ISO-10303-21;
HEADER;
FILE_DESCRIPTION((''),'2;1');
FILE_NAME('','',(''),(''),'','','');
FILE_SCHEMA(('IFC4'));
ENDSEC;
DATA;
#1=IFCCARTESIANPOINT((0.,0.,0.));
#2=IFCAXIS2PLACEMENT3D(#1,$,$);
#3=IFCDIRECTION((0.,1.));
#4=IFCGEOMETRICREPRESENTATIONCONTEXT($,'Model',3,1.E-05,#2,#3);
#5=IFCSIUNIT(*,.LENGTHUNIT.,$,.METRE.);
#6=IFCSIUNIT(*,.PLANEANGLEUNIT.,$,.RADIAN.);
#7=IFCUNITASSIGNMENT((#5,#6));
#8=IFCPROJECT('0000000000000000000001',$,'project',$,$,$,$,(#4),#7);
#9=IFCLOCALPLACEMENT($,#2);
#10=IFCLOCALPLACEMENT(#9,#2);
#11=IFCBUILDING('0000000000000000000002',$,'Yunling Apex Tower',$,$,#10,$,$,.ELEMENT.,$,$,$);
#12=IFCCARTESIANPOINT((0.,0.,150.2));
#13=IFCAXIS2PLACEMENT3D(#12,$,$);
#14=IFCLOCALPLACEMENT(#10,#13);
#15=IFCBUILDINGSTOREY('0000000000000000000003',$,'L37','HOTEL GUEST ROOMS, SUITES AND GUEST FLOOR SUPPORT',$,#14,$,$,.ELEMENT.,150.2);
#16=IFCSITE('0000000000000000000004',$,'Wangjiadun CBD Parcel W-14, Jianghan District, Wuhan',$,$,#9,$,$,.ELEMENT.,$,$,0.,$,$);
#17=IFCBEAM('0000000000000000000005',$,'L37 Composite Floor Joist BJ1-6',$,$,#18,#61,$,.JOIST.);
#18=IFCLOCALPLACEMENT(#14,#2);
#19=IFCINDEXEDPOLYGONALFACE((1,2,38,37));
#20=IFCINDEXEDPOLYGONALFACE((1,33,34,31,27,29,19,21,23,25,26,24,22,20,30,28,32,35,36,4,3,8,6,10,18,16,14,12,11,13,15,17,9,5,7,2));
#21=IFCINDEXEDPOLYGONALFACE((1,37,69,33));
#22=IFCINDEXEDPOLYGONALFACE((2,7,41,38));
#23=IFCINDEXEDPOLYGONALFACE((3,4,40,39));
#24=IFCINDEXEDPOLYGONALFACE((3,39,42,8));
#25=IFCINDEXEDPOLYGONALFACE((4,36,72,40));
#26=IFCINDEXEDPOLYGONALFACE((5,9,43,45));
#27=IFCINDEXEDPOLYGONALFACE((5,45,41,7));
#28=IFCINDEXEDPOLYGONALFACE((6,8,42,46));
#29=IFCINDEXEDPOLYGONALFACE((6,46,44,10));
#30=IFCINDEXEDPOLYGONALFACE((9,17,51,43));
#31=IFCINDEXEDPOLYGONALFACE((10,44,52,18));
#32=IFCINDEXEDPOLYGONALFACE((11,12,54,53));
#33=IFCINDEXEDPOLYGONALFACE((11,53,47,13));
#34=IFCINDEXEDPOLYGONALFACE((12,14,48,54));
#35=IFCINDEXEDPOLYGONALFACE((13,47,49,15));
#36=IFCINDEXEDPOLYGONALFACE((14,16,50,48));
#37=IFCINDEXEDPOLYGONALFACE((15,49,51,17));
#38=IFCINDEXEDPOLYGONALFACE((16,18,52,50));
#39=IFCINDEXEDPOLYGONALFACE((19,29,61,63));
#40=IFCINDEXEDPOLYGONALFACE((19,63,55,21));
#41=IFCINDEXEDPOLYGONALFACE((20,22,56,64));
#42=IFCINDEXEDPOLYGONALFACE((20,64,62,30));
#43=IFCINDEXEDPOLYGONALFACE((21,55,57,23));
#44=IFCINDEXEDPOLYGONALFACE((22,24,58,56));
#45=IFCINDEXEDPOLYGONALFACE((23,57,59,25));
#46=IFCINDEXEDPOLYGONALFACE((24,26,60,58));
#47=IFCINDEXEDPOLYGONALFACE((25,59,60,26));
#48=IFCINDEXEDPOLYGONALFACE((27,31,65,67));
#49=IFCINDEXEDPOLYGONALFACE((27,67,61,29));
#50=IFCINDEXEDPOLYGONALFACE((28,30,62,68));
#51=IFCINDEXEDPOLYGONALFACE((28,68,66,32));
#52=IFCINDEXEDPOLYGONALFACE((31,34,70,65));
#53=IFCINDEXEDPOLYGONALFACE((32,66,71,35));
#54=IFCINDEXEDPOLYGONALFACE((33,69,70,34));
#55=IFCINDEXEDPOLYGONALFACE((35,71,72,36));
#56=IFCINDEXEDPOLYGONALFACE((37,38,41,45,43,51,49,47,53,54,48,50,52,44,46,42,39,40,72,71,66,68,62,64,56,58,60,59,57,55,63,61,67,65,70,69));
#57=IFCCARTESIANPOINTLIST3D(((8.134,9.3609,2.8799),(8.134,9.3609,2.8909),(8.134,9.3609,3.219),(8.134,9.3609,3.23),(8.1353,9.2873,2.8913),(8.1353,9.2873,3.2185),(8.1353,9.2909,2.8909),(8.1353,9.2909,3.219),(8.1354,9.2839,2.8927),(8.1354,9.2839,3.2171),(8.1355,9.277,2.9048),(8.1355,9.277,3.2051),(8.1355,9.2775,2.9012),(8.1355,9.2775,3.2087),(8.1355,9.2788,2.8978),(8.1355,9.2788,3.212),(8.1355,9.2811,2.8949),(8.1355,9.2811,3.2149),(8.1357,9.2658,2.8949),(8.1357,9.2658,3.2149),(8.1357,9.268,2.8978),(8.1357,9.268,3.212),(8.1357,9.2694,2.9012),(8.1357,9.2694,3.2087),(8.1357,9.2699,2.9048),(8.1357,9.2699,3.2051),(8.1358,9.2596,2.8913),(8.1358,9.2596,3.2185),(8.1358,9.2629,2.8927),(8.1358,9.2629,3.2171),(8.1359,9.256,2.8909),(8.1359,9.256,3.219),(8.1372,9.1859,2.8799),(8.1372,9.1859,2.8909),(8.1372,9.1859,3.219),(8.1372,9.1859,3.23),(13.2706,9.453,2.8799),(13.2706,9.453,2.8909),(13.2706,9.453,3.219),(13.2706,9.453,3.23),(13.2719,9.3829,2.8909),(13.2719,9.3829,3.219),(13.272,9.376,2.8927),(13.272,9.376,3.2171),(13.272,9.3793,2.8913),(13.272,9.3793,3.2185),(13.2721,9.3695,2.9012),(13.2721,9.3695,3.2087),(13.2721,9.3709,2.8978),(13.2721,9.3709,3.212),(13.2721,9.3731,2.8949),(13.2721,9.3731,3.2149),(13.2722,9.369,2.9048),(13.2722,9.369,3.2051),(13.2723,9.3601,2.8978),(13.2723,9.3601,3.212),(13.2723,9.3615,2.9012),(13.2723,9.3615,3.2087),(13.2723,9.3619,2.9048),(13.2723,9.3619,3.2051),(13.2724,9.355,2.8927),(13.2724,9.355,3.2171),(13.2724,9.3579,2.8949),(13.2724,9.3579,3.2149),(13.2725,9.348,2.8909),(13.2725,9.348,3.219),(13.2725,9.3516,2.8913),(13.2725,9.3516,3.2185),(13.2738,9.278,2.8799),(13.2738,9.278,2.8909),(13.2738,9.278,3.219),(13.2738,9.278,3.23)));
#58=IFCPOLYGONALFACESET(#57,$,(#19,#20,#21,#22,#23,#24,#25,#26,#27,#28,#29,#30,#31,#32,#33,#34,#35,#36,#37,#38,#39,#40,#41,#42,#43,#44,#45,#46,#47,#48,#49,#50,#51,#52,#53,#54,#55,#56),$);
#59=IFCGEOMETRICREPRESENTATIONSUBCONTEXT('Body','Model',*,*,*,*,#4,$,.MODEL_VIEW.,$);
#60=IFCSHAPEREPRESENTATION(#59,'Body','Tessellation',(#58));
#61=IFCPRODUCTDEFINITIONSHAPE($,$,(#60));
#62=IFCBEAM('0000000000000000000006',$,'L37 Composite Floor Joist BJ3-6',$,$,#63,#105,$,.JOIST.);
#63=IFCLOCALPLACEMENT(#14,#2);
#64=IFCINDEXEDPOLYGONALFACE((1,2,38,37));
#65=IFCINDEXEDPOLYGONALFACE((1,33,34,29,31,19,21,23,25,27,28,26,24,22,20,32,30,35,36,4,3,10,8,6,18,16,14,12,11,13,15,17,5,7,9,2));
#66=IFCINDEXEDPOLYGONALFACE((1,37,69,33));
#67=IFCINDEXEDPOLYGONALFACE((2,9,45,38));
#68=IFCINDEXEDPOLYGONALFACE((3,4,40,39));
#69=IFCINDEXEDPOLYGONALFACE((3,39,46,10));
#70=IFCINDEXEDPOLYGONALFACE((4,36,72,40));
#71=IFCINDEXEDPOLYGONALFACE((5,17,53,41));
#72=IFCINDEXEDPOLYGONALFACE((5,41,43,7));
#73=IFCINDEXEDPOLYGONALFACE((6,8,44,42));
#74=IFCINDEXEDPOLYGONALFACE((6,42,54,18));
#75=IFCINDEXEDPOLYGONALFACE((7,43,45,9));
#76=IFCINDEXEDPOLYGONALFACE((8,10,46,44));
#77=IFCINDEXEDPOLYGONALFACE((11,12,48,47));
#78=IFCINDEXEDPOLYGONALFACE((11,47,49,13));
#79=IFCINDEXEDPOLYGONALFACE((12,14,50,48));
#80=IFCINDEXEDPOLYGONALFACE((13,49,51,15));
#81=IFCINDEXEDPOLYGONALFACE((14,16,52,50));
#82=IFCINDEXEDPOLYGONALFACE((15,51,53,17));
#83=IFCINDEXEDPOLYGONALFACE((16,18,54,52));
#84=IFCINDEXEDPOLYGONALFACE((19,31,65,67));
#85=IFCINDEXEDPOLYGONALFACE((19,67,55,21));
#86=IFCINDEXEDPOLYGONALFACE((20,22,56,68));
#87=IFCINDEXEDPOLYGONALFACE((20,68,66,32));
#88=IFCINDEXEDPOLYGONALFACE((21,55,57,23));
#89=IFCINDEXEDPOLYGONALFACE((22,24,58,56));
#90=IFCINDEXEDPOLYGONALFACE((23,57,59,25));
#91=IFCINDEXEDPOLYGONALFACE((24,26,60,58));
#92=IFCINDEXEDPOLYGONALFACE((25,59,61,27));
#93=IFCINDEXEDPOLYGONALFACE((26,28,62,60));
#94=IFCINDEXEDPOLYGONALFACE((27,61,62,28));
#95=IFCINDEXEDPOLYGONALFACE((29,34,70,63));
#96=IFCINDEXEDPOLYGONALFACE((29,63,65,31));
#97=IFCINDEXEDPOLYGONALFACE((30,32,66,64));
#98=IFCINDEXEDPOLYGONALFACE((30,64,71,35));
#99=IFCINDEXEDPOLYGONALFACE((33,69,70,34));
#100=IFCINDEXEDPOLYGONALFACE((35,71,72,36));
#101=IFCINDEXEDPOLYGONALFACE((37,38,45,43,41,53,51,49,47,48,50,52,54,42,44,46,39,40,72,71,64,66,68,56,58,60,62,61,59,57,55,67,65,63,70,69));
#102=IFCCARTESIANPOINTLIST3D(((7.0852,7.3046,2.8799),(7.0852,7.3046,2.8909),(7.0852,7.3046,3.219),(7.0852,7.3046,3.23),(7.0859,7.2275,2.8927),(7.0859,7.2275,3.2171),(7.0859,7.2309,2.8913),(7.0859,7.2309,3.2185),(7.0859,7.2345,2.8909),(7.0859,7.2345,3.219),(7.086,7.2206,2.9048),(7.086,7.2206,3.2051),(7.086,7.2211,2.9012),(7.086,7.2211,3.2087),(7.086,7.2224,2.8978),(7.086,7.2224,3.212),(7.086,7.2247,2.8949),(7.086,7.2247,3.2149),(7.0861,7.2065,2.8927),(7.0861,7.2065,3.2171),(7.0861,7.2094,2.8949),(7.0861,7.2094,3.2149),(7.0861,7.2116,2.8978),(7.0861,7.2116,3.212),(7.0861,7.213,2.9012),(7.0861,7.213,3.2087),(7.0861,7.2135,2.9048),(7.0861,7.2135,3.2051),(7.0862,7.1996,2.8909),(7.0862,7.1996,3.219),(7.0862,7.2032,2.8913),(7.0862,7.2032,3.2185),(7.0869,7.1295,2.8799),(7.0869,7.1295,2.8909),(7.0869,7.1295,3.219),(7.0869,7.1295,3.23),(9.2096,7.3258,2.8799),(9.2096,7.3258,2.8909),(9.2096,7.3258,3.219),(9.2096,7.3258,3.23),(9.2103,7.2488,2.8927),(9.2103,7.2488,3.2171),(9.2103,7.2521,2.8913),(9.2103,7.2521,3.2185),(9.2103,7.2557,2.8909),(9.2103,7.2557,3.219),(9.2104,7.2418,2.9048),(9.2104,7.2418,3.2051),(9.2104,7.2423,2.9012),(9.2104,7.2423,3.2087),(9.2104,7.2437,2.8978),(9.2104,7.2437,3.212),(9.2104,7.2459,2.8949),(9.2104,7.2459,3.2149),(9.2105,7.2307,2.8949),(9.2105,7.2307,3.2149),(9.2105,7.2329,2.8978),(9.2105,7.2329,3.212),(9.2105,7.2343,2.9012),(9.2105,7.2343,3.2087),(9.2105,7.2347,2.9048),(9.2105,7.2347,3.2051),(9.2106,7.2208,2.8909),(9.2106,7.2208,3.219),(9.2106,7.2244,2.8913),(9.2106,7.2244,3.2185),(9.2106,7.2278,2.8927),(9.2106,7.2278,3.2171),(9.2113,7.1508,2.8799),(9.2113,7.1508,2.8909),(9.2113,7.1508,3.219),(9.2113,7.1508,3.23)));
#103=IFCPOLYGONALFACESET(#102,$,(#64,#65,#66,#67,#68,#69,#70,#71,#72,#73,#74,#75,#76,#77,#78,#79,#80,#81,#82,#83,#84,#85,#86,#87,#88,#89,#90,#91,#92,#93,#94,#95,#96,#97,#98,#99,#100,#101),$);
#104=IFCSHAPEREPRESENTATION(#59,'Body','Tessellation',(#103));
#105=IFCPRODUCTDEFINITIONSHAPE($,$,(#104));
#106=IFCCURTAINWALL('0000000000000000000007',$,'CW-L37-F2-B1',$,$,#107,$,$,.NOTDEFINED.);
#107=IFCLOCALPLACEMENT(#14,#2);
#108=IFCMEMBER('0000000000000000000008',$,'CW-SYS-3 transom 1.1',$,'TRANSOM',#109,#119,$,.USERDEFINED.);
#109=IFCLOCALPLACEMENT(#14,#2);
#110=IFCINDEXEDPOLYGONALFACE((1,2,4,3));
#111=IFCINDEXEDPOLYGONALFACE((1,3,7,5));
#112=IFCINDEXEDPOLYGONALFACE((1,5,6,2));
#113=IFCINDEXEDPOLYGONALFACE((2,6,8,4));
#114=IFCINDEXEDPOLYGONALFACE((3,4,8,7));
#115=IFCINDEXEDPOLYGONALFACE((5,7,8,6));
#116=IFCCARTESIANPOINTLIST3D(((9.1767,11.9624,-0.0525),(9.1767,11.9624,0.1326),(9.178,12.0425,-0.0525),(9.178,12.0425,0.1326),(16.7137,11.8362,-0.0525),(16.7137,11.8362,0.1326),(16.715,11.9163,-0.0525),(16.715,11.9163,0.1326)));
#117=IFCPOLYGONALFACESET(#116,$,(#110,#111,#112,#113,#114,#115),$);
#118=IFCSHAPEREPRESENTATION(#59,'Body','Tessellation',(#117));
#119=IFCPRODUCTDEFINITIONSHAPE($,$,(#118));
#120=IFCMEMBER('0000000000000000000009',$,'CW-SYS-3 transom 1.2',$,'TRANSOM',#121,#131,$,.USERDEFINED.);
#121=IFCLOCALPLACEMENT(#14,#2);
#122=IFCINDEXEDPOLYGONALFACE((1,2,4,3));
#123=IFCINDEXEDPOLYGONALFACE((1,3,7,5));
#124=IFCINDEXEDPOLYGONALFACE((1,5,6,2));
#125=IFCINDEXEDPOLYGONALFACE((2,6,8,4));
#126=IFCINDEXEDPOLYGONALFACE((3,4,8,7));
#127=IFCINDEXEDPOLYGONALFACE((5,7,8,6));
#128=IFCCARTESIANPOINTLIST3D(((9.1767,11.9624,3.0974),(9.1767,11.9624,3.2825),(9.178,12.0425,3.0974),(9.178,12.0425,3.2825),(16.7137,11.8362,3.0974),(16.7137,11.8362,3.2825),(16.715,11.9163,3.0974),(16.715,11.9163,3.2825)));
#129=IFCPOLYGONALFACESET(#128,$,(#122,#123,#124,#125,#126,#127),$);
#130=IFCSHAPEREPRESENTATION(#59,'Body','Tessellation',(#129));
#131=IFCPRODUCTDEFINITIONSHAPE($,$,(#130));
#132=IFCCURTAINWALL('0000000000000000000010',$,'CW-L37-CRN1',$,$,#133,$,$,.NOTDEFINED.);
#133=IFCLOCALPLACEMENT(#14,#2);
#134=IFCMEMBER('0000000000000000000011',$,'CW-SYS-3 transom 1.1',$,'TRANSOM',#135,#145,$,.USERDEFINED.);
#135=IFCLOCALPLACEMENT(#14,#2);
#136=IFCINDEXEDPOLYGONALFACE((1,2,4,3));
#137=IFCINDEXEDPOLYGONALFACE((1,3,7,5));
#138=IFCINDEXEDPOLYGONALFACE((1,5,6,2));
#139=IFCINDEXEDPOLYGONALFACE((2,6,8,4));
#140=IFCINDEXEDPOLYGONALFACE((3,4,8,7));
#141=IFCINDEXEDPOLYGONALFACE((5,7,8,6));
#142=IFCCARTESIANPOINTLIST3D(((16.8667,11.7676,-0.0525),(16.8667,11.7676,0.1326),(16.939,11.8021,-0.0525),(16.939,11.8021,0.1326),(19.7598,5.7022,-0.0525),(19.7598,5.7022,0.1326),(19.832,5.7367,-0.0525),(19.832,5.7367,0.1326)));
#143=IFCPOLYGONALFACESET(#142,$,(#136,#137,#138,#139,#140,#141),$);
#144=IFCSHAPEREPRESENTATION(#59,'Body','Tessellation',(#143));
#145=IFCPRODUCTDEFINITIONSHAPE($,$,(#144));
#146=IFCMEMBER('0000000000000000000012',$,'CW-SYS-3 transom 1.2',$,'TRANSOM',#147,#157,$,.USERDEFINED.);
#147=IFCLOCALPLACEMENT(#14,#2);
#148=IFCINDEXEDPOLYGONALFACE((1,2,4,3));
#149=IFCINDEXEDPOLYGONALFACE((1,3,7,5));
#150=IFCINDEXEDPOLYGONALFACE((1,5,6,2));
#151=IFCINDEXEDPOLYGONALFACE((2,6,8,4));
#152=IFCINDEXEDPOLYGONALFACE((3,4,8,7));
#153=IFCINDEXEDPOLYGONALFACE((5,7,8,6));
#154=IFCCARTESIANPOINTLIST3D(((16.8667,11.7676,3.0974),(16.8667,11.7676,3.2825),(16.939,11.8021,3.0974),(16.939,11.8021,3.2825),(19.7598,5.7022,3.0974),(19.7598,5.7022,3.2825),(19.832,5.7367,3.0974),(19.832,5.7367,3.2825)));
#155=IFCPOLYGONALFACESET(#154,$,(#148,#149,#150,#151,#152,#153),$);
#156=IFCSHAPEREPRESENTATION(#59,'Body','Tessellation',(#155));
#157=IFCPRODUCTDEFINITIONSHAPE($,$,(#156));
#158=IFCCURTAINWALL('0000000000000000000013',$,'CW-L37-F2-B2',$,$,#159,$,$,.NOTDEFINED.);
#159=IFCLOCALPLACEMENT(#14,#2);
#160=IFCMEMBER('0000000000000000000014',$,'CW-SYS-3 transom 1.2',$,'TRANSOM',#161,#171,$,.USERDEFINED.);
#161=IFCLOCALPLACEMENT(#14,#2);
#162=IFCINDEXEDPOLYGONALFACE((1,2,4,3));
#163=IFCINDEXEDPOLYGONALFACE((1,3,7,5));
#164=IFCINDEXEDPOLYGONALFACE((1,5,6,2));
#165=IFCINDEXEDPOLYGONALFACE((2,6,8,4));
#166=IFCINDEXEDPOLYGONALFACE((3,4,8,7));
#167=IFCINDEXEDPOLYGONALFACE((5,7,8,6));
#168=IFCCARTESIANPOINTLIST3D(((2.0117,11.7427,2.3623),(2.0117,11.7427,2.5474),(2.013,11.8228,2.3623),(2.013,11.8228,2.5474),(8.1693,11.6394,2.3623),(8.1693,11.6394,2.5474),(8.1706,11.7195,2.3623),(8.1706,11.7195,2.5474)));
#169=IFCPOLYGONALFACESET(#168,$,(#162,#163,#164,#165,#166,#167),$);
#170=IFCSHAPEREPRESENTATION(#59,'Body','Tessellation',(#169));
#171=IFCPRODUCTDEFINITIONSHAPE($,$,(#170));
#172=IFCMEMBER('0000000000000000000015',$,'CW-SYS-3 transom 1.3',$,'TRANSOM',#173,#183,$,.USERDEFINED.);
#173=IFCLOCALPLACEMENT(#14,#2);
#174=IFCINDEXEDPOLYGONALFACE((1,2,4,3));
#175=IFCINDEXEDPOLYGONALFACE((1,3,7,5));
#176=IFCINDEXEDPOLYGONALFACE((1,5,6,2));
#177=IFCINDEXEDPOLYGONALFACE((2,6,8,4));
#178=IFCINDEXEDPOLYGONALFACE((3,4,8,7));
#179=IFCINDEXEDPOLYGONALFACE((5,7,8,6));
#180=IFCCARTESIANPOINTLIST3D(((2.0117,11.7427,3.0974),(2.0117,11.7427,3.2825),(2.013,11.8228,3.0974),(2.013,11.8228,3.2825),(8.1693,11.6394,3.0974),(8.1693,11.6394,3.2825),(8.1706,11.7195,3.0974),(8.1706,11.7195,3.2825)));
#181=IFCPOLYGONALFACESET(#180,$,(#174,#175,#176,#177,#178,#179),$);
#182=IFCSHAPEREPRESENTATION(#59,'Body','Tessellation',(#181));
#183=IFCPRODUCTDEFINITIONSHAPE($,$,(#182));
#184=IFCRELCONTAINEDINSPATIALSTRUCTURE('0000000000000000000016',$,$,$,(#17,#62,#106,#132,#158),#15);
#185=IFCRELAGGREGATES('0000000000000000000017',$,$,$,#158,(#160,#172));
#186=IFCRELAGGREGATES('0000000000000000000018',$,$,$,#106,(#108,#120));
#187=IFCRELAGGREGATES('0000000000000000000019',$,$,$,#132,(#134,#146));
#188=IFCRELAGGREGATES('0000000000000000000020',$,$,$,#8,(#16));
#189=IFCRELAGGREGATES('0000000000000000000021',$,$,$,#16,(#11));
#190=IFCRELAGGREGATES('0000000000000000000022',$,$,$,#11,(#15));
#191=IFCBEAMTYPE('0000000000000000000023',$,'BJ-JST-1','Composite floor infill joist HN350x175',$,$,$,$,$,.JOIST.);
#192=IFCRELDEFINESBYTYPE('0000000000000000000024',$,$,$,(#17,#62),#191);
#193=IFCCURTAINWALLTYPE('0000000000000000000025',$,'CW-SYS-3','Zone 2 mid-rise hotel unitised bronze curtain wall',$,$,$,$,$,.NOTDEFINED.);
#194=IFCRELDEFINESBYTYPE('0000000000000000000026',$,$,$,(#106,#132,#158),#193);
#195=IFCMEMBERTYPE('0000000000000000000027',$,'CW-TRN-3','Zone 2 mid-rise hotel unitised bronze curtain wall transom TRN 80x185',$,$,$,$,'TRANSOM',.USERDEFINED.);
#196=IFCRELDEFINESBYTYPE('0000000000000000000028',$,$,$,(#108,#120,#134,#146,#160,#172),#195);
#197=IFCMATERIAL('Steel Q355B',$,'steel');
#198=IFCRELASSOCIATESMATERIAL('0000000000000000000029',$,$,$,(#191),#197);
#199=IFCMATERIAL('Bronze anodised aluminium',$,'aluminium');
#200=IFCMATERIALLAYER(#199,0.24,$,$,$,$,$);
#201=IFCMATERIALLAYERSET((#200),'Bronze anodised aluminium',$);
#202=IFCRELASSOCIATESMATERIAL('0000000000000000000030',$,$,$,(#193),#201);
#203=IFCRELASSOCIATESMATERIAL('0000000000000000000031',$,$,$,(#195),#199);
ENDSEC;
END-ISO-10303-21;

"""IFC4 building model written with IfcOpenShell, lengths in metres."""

from ifc_helpers import new_model, si_unit, direction, frame, origin, origin_2d, place, context, subcontext, project, spatial, rectangle, i_section, extrude, source, transform, mapped, material, layer, layer_set, material_profile, profile_set, type_object, element, aggregate, save


model = new_model("IFC4")

# Units and contexts
model_context = context("Model", 3, precision=1e-05, world=origin(), true_north=direction((0.0, 1.0)))
body_context = subcontext(model_context, "Body", "Model", "MODEL_VIEW")
ifc_project = project(units=[si_unit("LENGTHUNIT", "METRE"), si_unit("PLANEANGLEUNIT", "RADIAN")], contexts=[model_context])

# Site, building, storey
site_placement = place(None, origin())
site = spatial("IfcSite", under=ifc_project, at=site_placement, Name="Wangjiadun CBD Parcel W-14, Jianghan District, Wuhan", CompositionType="ELEMENT", RefElevation=0.0)
building_placement = place(site_placement, origin())
building = spatial("IfcBuilding", under=site, at=building_placement, Name="Yunling Apex Tower", CompositionType="ELEMENT")
storey_placement = place(building_placement, frame((0.0, 0.0, 150.2)))
storey = spatial("IfcBuildingStorey", under=building, at=storey_placement, Name="L37", Description="HOTEL GUEST ROOMS, SUITES AND GUEST FLOOR SUPPORT", CompositionType="ELEMENT", Elevation=150.2)

# Beams
ifc_material_1 = material(Name="Steel Q355B", Category="steel")
ifc_material_profile_1 = material_profile(ifc_material_1, i_section(OverallWidth=0.175, OverallDepth=0.3501, WebThickness=0.0071, FlangeThickness=0.011, FilletRadius=0.0139, at=origin_2d()))
ifc_profile_set_1 = profile_set([ifc_material_profile_1], Name="Steel Q355B")
beam_type_1 = type_object("IfcBeamType", Name="BJ-JST-1", Description="Composite floor infill joist HN350x175", PredefinedType="JOIST", material=ifc_profile_set_1)
shared_shape_1 = source(origin(), body_context, "Body", "SweptSolid", [
    extrude(i_section(OverallWidth=0.175, OverallDepth=0.3501, WebThickness=0.0071, FlangeThickness=0.011, FilletRadius=0.0139, at=origin_2d()), origin(), (0.0, 0.0, 1.0), 5.1375),
])
beam_1_placement = place(storey_placement, frame((13.2722, 9.3655, 3.0549), z_axis=(-0.99984, -0.017915, 0.0), x_axis=(0.017915, -0.99984, 0.0)))
element("IfcBeam", 1, at=beam_1_placement, inside=storey, type_object=beam_type_1, Name="L37 Composite Floor Joist BJ1-6", PredefinedType="JOIST", context=body_context, shape_type="MappedRepresentation", body=[
    mapped(shared_shape_1, transform((0.0, 0.0, 0.0), scale=1.0)),
])
shared_shape_2 = source(origin(), body_context, "Body", "SweptSolid", [
    extrude(i_section(OverallWidth=0.175, OverallDepth=0.3501, WebThickness=0.0071, FlangeThickness=0.011, FilletRadius=0.0139, at=origin_2d()), origin(), (0.0, 0.0, 1.0), 2.1245),
])
beam_2_placement = place(storey_placement, frame((9.2104, 7.2383, 3.0549), z_axis=(-0.99995, -0.009997, 0.0), x_axis=(0.009997, -0.99995, 0.0)))
element("IfcBeam", 2, at=beam_2_placement, inside=storey, type_object=beam_type_1, Name="L37 Composite Floor Joist BJ3-6", PredefinedType="JOIST", context=body_context, shape_type="MappedRepresentation", body=[
    mapped(shared_shape_2, transform((0.0, 0.0, 0.0), scale=1.0)),
])

# Curtain walls, members
ifc_material_2 = material(Name="Bronze anodised aluminium", Category="aluminium")
ifc_layer_1 = layer(ifc_material_2, 0.24)
ifc_layer_set_1 = layer_set([ifc_layer_1], Name="Bronze anodised aluminium")
curtain_wall_type = type_object("IfcCurtainWallType", Name="CW-SYS-3", Description="Zone 2 mid-rise hotel unitised bronze curtain wall", PredefinedType="NOTDEFINED", material=ifc_layer_set_1)
curtain_wall_1_placement = place(storey_placement, origin())
curtain_wall_1 = element("IfcCurtainWall", 3, at=curtain_wall_1_placement, inside=storey, type_object=curtain_wall_type, Name="CW-L37-F2-B1", PredefinedType="NOTDEFINED")
ifc_material_profile_2 = material_profile(ifc_material_2, rectangle(XDim=0.0801, YDim=0.1851, at=origin_2d()))
ifc_profile_set_2 = profile_set([ifc_material_profile_2], Name="Bronze anodised aluminium")
member_type_1 = type_object("IfcMemberType", Name="CW-TRN-3", Description="Zone 2 mid-rise hotel unitised bronze curtain wall transom TRN 80x185", ElementType="TRANSOM", PredefinedType="USERDEFINED", material=ifc_profile_set_2)
shared_shape_3 = source(origin(), body_context, "Body", "SweptSolid", [
    extrude(rectangle(XDim=0.0801, YDim=0.1851, at=origin_2d()), origin(), (0.0, 0.0, 1.0), 7.5381),
])
member_1_placement = place(storey_placement, frame((16.7144, 11.8762, 0.04), z_axis=(-0.99986, 0.016744, 0.0), x_axis=(-0.016744, -0.99986, 0.0)))
member_1 = element("IfcMember", 4, at=member_1_placement, type_object=member_type_1, Name="CW-SYS-3 transom 1.1", ObjectType="TRANSOM", PredefinedType="USERDEFINED", context=body_context, shape_type="MappedRepresentation", body=[
    mapped(shared_shape_3, transform((0.0, 0.0, 0.0), scale=1.0)),
])
member_2_placement = place(storey_placement, frame((16.7144, 11.8762, 3.1899), z_axis=(-0.99986, 0.016744, 0.0), x_axis=(-0.016744, -0.99986, 0.0)))
member_2 = element("IfcMember", 5, at=member_2_placement, type_object=member_type_1, Name="CW-SYS-3 transom 1.2", ObjectType="TRANSOM", PredefinedType="USERDEFINED", context=body_context, shape_type="MappedRepresentation", body=[
    mapped(shared_shape_3, transform((0.0, 0.0, 0.0), scale=1.0)),
])
curtain_wall_2_placement = place(storey_placement, origin())
curtain_wall_2 = element("IfcCurtainWall", 6, at=curtain_wall_2_placement, inside=storey, type_object=curtain_wall_type, Name="CW-L37-CRN1", PredefinedType="NOTDEFINED")
shared_shape_4 = source(origin(), body_context, "Body", "SweptSolid", [
    extrude(rectangle(XDim=0.0801, YDim=0.1851, at=origin_2d()), origin(), (0.0, 0.0, 1.0), 6.72),
])
member_3_placement = place(storey_placement, frame((19.7959, 5.7195, 0.04), z_axis=(-0.430512, 0.902585, 0.0), x_axis=(-0.902585, -0.430512, 0.0)))
member_3 = element("IfcMember", 7, at=member_3_placement, type_object=member_type_1, Name="CW-SYS-3 transom 1.1", ObjectType="TRANSOM", PredefinedType="USERDEFINED", context=body_context, shape_type="MappedRepresentation", body=[
    mapped(shared_shape_4, transform((0.0, 0.0, 0.0), scale=1.0)),
])
member_4_placement = place(storey_placement, frame((19.7959, 5.7195, 3.1899), z_axis=(-0.430512, 0.902585, 0.0), x_axis=(-0.902585, -0.430512, 0.0)))
member_4 = element("IfcMember", 8, at=member_4_placement, type_object=member_type_1, Name="CW-SYS-3 transom 1.2", ObjectType="TRANSOM", PredefinedType="USERDEFINED", context=body_context, shape_type="MappedRepresentation", body=[
    mapped(shared_shape_4, transform((0.0, 0.0, 0.0), scale=1.0)),
])
curtain_wall_3_placement = place(storey_placement, origin())
curtain_wall_3 = element("IfcCurtainWall", 9, at=curtain_wall_3_placement, inside=storey, type_object=curtain_wall_type, Name="CW-L37-F2-B2", PredefinedType="NOTDEFINED")
shared_shape_5 = source(origin(), body_context, "Body", "SweptSolid", [
    extrude(rectangle(XDim=0.0801, YDim=0.1851, at=origin_2d()), origin(), (0.0, 0.0, 1.0), 6.1584),
])
member_5_placement = place(storey_placement, frame((8.1699, 11.6794, 2.4548), z_axis=(-0.999859, 0.016769, 0.0), x_axis=(-0.016769, -0.999859, 0.0)))
member_5 = element("IfcMember", 10, at=member_5_placement, type_object=member_type_1, Name="CW-SYS-3 transom 1.2", ObjectType="TRANSOM", PredefinedType="USERDEFINED", context=body_context, shape_type="MappedRepresentation", body=[
    mapped(shared_shape_5, transform((0.0, 0.0, 0.0), scale=1.0)),
])
member_6_placement = place(storey_placement, frame((8.1699, 11.6794, 3.1899), z_axis=(-0.999859, 0.016769, 0.0), x_axis=(-0.016769, -0.999859, 0.0)))
member_6 = element("IfcMember", 11, at=member_6_placement, type_object=member_type_1, Name="CW-SYS-3 transom 1.3", ObjectType="TRANSOM", PredefinedType="USERDEFINED", context=body_context, shape_type="MappedRepresentation", body=[
    mapped(shared_shape_5, transform((0.0, 0.0, 0.0), scale=1.0)),
])

aggregate(curtain_wall_3, [member_5, member_6])

aggregate(curtain_wall_1, [member_1, member_2])
aggregate(curtain_wall_2, [member_3, member_4])

save(model, "model.ifc")
